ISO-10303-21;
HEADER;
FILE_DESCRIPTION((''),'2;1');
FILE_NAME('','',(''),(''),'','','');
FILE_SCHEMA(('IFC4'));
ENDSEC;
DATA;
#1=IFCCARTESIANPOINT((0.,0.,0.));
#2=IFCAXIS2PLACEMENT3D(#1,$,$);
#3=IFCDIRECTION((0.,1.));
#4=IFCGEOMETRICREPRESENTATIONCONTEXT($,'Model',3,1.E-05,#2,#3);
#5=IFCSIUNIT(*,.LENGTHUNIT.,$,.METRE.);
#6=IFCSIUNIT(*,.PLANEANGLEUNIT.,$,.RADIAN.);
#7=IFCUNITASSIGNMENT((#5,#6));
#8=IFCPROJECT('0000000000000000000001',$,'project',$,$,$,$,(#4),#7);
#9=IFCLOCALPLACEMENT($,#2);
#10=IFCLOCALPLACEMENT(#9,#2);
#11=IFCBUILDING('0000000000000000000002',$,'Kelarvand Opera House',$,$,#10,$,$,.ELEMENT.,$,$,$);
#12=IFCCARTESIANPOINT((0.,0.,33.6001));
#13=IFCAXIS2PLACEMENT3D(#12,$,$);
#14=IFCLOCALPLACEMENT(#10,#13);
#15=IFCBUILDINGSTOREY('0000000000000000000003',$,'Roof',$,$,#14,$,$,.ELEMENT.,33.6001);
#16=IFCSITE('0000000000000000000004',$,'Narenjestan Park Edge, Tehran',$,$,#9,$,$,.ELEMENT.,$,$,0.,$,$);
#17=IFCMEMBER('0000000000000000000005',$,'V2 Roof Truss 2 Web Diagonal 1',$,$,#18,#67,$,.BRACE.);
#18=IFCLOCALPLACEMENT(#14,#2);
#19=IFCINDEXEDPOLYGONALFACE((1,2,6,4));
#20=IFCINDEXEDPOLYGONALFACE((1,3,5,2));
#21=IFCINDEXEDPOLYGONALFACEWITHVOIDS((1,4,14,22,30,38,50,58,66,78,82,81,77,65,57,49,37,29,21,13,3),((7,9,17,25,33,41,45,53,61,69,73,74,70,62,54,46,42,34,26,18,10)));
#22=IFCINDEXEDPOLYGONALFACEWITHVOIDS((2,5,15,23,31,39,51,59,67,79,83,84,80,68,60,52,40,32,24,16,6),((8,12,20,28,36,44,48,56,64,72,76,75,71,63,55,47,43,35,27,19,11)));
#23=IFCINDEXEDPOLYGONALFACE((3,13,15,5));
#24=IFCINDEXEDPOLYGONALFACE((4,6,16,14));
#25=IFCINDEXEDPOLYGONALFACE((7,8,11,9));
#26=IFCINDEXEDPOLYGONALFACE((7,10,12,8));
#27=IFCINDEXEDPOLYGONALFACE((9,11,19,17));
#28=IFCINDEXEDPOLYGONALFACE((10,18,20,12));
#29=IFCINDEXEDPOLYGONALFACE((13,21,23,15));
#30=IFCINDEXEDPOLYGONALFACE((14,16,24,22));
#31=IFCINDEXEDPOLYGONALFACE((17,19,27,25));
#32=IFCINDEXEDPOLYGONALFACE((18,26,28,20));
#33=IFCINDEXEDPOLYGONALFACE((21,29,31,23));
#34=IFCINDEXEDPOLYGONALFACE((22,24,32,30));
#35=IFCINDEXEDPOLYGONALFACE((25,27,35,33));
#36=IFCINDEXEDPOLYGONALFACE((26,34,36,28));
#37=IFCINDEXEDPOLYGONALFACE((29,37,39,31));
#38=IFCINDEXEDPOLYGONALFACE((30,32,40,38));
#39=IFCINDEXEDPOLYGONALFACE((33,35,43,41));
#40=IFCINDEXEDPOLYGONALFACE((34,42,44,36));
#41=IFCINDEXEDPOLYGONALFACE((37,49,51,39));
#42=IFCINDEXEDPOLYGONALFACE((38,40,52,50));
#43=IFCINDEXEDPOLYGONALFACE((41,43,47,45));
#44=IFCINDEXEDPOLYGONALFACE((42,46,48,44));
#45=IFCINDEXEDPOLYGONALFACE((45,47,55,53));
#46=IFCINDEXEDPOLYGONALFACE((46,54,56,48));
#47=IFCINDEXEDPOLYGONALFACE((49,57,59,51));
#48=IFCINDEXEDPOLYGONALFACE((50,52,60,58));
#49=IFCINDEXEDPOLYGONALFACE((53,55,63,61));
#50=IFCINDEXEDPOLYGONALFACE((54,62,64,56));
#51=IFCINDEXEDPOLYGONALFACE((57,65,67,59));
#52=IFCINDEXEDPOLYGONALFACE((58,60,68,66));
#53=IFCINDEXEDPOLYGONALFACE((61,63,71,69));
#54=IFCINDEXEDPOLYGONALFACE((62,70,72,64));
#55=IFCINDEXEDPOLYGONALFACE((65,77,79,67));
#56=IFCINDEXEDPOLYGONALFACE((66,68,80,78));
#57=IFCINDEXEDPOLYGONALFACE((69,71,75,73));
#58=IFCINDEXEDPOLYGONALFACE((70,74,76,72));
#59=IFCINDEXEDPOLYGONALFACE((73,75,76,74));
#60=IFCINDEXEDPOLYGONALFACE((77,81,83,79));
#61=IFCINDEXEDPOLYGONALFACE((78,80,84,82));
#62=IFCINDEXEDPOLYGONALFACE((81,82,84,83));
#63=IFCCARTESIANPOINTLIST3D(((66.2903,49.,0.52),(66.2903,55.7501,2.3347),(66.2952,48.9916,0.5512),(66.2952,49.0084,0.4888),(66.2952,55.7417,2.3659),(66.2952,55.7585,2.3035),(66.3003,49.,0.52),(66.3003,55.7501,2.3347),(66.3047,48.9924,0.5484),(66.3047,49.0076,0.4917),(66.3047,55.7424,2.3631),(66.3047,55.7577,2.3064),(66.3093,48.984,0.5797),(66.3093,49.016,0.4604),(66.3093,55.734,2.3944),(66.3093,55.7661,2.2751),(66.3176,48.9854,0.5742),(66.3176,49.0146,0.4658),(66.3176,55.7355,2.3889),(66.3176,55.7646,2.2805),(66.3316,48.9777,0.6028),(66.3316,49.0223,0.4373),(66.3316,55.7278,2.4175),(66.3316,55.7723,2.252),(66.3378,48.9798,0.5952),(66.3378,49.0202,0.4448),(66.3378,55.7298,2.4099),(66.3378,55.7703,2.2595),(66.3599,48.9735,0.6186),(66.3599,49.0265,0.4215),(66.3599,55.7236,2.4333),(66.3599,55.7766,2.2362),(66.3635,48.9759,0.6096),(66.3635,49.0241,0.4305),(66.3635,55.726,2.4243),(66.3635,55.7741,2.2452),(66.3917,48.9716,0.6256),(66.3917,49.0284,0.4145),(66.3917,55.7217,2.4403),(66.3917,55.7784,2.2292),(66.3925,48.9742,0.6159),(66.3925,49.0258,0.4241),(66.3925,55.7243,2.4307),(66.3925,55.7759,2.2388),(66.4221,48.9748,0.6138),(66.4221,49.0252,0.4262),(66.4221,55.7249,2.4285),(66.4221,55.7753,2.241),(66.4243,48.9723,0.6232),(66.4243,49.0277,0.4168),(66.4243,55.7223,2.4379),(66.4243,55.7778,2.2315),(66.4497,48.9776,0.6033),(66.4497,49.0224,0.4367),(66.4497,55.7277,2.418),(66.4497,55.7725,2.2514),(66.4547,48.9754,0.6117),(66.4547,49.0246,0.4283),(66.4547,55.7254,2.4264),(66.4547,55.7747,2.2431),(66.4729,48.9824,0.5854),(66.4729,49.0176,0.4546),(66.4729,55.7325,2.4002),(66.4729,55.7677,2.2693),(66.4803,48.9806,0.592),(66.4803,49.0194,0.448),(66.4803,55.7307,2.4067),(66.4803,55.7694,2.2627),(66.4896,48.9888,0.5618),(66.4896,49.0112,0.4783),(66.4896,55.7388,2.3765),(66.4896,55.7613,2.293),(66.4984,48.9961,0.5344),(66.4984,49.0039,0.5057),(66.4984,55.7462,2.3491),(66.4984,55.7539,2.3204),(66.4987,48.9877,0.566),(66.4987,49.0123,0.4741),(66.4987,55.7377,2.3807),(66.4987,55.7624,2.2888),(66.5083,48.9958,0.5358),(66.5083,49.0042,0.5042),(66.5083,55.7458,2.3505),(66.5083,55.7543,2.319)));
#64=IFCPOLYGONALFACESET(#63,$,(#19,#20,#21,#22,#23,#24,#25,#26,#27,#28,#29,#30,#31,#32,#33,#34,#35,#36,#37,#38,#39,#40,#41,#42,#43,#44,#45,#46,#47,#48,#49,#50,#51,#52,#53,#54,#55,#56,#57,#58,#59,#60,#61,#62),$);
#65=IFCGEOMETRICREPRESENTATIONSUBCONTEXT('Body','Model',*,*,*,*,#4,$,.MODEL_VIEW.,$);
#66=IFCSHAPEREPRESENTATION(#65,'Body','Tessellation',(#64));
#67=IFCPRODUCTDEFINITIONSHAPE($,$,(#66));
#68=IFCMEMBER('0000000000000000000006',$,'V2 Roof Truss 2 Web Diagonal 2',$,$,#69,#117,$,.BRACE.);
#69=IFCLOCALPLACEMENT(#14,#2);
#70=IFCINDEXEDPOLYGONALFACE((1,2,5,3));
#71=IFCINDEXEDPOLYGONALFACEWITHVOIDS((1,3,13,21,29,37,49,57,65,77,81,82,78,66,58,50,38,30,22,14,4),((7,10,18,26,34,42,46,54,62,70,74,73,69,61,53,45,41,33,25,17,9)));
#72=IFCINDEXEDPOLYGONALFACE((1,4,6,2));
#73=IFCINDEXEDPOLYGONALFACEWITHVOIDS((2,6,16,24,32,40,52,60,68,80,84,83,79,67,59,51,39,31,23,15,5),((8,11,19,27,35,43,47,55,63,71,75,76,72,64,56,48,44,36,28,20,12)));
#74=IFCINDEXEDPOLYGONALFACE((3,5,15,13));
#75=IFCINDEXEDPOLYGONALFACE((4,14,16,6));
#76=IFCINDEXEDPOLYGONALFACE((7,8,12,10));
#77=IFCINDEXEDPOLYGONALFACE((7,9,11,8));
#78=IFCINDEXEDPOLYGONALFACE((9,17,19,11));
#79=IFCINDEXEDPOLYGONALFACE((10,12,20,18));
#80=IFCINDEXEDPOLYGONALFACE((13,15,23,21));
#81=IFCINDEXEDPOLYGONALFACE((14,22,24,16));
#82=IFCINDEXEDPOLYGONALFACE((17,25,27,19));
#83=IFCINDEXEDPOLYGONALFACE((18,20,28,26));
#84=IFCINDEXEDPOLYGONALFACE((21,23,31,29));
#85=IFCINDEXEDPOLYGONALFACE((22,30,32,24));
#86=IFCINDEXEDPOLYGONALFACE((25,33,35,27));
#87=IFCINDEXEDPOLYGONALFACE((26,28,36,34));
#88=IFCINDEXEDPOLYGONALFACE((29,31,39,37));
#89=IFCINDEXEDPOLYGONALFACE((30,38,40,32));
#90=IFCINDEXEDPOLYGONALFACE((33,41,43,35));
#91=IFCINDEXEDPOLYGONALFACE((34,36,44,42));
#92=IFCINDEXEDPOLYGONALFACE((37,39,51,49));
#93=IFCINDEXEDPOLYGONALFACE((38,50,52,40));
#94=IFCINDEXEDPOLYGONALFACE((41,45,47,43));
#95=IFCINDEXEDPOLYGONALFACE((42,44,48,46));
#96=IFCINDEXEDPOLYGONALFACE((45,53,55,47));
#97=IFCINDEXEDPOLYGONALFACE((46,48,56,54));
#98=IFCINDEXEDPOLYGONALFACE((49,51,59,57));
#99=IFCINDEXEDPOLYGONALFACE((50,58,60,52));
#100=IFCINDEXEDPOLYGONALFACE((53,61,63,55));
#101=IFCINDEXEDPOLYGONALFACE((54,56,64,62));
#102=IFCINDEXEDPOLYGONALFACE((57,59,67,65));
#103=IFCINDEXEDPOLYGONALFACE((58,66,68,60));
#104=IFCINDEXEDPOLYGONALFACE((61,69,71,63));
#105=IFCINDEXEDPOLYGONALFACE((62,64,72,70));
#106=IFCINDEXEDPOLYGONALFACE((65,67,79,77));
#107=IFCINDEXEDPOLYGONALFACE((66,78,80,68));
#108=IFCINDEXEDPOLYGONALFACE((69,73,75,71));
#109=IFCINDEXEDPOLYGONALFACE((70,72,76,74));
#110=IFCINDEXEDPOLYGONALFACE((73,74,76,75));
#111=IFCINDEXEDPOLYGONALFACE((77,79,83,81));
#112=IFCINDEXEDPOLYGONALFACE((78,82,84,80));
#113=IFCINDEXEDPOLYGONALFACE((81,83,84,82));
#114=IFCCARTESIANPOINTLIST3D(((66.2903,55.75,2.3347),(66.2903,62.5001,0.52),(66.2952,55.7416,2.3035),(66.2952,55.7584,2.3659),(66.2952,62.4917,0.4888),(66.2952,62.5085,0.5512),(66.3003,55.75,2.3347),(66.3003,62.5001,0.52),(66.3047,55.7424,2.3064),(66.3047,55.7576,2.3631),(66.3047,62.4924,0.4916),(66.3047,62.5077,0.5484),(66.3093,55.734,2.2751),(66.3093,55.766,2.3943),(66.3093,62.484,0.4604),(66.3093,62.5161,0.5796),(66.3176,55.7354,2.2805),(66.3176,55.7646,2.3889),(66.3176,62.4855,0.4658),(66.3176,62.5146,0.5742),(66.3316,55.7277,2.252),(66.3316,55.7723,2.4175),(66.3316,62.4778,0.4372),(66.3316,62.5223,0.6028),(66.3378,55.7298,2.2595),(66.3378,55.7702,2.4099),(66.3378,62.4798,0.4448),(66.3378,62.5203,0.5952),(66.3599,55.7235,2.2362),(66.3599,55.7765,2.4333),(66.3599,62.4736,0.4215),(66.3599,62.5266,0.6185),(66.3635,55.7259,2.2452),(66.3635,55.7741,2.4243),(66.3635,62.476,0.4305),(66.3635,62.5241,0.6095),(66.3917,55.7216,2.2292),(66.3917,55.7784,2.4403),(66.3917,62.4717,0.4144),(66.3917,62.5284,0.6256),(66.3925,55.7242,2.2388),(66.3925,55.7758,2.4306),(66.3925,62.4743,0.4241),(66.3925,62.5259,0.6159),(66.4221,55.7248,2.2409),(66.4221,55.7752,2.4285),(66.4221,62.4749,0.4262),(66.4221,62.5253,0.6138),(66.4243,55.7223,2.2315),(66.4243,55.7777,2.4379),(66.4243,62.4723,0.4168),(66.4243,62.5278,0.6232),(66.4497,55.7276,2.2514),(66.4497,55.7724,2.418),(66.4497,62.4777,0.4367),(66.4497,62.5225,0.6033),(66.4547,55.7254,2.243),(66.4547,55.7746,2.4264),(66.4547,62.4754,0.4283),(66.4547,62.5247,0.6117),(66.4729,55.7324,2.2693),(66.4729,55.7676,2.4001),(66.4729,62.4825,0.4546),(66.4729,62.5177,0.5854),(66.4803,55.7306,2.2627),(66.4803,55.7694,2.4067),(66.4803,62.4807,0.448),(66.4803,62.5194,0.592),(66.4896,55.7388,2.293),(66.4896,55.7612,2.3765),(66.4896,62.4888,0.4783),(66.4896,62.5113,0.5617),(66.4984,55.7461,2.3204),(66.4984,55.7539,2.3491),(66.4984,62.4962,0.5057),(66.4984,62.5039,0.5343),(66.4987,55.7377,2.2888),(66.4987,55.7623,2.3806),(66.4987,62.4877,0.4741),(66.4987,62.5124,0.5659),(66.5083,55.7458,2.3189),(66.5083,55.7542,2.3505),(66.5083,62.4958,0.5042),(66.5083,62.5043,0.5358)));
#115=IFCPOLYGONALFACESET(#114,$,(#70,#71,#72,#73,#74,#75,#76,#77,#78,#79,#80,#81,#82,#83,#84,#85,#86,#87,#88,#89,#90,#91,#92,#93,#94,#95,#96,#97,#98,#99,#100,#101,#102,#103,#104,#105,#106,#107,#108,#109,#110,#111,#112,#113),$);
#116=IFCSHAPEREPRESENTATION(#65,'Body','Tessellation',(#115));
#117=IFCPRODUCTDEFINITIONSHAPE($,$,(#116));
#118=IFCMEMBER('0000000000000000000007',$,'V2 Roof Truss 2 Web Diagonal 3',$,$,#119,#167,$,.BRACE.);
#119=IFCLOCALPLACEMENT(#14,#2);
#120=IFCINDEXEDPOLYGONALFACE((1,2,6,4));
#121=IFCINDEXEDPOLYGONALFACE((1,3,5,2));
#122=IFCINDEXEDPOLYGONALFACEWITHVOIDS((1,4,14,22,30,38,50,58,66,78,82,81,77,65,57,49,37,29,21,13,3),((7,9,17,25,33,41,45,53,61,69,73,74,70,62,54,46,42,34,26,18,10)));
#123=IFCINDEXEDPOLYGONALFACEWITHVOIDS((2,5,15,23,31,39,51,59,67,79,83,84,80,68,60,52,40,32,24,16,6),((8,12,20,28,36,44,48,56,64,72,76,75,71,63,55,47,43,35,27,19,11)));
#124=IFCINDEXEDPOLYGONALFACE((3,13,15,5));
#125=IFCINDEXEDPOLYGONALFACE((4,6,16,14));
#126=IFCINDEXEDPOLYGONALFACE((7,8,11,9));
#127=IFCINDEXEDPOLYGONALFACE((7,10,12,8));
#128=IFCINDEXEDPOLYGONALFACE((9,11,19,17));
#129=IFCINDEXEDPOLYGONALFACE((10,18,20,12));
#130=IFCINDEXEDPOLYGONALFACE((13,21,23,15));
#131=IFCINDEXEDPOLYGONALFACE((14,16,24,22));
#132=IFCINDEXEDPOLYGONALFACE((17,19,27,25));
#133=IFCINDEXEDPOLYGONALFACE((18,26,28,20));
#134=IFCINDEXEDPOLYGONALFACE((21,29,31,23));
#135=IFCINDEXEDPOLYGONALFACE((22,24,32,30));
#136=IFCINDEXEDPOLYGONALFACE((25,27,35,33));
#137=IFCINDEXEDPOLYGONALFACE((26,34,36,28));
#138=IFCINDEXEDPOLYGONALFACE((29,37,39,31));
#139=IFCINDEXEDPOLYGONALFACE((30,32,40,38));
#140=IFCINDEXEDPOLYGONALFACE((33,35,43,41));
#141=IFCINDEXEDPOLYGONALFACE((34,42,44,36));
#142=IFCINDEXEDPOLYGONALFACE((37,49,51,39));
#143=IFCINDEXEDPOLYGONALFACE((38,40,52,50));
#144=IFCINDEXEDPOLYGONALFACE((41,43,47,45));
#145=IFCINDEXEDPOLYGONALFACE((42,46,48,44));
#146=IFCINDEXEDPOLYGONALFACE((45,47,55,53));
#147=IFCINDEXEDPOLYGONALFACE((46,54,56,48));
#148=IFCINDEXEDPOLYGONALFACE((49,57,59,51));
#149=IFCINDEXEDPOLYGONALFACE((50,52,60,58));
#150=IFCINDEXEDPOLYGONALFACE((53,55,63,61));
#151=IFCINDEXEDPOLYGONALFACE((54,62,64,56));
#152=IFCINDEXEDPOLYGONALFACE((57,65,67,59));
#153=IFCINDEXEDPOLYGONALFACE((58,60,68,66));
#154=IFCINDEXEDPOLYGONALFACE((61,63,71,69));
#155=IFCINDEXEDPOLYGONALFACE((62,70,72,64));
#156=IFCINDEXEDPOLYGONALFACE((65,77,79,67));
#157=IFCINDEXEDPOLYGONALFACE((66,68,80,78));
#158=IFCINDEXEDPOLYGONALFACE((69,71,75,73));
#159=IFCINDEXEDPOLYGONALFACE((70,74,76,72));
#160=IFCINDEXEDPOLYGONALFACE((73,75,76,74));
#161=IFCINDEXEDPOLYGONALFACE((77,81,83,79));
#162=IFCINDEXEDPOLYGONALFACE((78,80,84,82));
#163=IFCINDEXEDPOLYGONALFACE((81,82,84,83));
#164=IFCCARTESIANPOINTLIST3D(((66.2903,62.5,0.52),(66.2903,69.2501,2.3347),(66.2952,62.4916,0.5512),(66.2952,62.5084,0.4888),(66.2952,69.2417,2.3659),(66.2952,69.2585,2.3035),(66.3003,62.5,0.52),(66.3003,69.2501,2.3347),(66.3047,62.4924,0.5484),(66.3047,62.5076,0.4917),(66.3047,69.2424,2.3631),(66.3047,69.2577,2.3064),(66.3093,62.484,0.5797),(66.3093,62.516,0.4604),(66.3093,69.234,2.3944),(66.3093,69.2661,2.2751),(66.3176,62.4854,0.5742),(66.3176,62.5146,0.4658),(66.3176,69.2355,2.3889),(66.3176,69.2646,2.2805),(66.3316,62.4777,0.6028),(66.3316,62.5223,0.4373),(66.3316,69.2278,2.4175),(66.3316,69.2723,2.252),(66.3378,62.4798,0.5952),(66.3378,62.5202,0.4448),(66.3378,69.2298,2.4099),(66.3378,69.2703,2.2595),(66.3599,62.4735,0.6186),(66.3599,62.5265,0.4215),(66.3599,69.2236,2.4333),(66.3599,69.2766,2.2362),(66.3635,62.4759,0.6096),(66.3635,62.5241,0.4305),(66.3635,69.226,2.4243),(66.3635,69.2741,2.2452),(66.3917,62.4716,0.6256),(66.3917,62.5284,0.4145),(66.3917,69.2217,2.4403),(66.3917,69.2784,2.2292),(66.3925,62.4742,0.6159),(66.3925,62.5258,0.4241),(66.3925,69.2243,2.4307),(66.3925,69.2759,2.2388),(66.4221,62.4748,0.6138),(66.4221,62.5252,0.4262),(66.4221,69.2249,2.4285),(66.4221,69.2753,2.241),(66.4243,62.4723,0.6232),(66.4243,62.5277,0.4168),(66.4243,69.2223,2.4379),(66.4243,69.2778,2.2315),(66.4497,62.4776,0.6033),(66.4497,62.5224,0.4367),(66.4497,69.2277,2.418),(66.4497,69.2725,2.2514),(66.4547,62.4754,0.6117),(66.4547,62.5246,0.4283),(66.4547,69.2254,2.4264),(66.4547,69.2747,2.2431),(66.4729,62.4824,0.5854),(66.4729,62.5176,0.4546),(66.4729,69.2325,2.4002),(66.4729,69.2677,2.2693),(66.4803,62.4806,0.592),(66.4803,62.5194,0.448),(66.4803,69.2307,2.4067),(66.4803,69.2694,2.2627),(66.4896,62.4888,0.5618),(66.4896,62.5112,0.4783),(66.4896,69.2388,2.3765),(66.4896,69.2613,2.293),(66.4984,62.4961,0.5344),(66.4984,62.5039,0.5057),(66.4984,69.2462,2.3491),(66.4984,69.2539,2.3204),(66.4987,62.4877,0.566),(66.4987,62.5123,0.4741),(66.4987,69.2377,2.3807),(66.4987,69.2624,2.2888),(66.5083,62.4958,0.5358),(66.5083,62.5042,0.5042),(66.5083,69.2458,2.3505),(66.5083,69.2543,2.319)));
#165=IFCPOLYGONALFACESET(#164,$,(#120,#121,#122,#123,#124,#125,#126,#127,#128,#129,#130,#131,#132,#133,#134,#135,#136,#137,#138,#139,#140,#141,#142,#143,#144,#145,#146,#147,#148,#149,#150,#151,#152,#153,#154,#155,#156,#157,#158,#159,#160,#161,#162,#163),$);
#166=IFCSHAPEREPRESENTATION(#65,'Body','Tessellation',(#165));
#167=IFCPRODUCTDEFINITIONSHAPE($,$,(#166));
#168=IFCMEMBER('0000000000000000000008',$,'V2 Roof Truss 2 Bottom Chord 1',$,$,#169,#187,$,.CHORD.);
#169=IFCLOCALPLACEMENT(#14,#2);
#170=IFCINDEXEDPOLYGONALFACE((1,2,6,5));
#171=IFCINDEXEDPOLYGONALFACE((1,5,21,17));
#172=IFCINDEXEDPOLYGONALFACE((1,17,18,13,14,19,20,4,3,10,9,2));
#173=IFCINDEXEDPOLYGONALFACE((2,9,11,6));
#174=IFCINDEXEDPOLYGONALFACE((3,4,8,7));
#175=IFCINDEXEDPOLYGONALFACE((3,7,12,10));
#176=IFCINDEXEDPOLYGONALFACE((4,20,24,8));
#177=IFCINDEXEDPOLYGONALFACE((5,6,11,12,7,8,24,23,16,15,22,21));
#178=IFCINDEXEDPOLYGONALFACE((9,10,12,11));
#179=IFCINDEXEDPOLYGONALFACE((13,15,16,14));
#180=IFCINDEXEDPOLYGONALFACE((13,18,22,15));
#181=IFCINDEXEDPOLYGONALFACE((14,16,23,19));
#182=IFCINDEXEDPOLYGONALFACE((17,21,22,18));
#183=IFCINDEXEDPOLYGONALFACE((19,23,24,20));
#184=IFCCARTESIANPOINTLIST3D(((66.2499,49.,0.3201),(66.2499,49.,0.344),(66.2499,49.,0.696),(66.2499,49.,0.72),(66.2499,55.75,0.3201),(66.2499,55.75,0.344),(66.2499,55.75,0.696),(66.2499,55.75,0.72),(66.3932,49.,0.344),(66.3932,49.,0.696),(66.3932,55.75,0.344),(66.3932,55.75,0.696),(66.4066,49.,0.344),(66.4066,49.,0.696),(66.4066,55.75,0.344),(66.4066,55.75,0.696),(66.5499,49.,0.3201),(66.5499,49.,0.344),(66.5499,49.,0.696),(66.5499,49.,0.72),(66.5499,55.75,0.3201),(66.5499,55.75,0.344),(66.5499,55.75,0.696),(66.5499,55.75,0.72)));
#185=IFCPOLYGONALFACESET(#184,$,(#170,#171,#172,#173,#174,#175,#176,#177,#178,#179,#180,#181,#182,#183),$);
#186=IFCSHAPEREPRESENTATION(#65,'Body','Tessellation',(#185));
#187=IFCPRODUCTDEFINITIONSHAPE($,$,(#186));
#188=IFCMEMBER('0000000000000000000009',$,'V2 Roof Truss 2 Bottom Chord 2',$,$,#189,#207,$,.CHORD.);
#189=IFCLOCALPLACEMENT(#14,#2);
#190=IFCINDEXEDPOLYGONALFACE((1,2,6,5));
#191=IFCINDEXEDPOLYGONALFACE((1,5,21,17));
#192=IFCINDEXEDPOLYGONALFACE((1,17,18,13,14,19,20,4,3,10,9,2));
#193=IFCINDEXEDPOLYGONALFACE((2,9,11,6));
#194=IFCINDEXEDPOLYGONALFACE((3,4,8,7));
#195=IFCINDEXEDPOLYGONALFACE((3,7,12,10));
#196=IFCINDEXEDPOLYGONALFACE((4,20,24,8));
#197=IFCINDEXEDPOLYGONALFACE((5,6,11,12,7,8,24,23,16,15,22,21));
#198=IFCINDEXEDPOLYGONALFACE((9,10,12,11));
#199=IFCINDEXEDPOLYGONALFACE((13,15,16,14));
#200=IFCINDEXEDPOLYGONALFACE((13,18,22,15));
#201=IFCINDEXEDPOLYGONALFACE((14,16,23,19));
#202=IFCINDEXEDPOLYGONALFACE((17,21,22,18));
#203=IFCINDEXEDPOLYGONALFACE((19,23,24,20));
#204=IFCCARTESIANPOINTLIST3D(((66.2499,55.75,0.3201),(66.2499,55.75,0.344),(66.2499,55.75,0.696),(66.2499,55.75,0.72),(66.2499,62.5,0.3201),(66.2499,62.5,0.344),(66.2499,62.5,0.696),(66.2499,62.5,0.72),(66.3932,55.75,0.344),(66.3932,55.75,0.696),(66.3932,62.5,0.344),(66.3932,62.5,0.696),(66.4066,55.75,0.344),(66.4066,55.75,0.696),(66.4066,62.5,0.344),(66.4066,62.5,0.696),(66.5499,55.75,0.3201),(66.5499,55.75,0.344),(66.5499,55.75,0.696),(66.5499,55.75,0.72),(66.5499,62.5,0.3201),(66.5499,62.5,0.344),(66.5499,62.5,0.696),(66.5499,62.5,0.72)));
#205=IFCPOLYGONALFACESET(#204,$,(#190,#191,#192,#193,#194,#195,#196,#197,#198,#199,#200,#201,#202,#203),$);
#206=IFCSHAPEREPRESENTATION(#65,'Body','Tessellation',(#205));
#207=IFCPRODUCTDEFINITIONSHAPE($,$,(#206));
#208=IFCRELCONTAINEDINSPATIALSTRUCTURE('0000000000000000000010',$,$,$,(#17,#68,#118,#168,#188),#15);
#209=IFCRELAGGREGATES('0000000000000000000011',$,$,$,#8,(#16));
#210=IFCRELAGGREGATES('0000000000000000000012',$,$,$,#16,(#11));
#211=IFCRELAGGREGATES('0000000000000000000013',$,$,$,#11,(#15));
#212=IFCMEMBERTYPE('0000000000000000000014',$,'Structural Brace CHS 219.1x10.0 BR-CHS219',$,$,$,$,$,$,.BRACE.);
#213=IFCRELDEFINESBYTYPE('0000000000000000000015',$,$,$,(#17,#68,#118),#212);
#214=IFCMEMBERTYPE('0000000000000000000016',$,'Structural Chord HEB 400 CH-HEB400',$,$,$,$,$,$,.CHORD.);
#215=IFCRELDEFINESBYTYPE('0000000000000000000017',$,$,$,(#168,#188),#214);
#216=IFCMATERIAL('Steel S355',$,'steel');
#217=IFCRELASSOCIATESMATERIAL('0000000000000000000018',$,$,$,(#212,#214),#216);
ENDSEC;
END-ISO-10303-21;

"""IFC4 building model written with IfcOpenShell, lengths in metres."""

from ifc_helpers import new_model, si_unit, direction, frame, origin, origin_2d, place, context, subcontext, project, spatial, hollow_circle, i_section, extrude, material, material_profile, profile_set, type_object, element, save


model = new_model("IFC4")

# Units and contexts
model_context = context("Model", 3, precision=1e-05, world=origin(), true_north=direction((0.0, 1.0)))
body_context = subcontext(model_context, "Body", "Model", "MODEL_VIEW")
ifc_project = project(units=[si_unit("LENGTHUNIT", "METRE"), si_unit("PLANEANGLEUNIT", "RADIAN")], contexts=[model_context])

# Site, building, storey
site_placement = place(None, origin())
site = spatial("IfcSite", under=ifc_project, at=site_placement, Name="Narenjestan Park Edge, Tehran", CompositionType="ELEMENT", RefElevation=0.0)
building_placement = place(site_placement, origin())
building = spatial("IfcBuilding", under=site, at=building_placement, Name="Kelarvand Opera House", CompositionType="ELEMENT")
storey_placement = place(building_placement, frame((0.0, 0.0, 33.6001)))
storey = spatial("IfcBuildingStorey", under=building, at=storey_placement, Name="Roof", CompositionType="ELEMENT", Elevation=33.6001)

# Members
ifc_material_1 = material(Name="Steel S355", Category="steel")
ifc_material_profile_1 = material_profile(ifc_material_1, hollow_circle(Radius=0.1096, WallThickness=0.01, at=origin_2d()), Name="CHS 219.1x10.0", Category="steel")
ifc_profile_set_1 = profile_set([ifc_material_profile_1], Name="Steel S355")
member_type_1 = type_object("IfcMemberType", Name="Structural Brace CHS 219.1x10.0 BR-CHS219", PredefinedType="BRACE", material=ifc_profile_set_1)
for number, where, z_axis, x_axis, name in (
    (1, (66.3999, 49.0, 0.52), (0.0, 0.965709, 0.259625), (-1.0, 0.0, 0.0), "V2 Roof Truss 2 Web Diagonal 1"),
    (2, (66.3999, 55.75, 2.3347), (0.0, 0.965709, -0.259625), (-1.0, 0.0, 0.0), "V2 Roof Truss 2 Web Diagonal 2"),
    (3, (66.3999, 62.5, 0.52), (0.0, 0.965709, 0.259625), (-1.0, 0.0, 0.0), "V2 Roof Truss 2 Web Diagonal 3"),
):
    element("IfcMember", number, at=place(storey_placement, frame(where, z_axis=z_axis, x_axis=x_axis)), inside=storey, type_object=member_type_1, Name=name, PredefinedType="BRACE", context=body_context, shape_type="SweptSolid", body=[
        extrude(hollow_circle(Radius=0.1096, WallThickness=0.01, at=origin_2d()), origin(), (0.0, 0.0, 1.0), 6.9897),
    ])
ifc_material_profile_2 = material_profile(ifc_material_1, i_section(OverallWidth=0.3, OverallDepth=0.3999, WebThickness=0.0134, FlangeThickness=0.0239, at=origin_2d()), Name="HEB 400", Category="steel")
ifc_profile_set_2 = profile_set([ifc_material_profile_2], Name="Steel S355")
member_type_2 = type_object("IfcMemberType", Name="Structural Chord HEB 400 CH-HEB400", PredefinedType="CHORD", material=ifc_profile_set_2)
for number, where, z_axis, x_axis, name in (
    (4, (66.3999, 49.0, 0.52), (0.0, 1.0, 0.0), (-1.0, 0.0, 0.0), "V2 Roof Truss 2 Bottom Chord 1"),
    (5, (66.3999, 55.75, 0.52), (0.0, 1.0, 0.0), (-1.0, 0.0, 0.0), "V2 Roof Truss 2 Bottom Chord 2"),
):
    element("IfcMember", number, at=place(storey_placement, frame(where, z_axis=z_axis, x_axis=x_axis)), inside=storey, type_object=member_type_2, Name=name, PredefinedType="CHORD", context=body_context, shape_type="SweptSolid", body=[
        extrude(i_section(OverallWidth=0.3, OverallDepth=0.3999, WebThickness=0.0134, FlangeThickness=0.0239, at=origin_2d()), origin(), (0.0, 0.0, 1.0), 6.75),
    ])

save(model, "model.ifc")
